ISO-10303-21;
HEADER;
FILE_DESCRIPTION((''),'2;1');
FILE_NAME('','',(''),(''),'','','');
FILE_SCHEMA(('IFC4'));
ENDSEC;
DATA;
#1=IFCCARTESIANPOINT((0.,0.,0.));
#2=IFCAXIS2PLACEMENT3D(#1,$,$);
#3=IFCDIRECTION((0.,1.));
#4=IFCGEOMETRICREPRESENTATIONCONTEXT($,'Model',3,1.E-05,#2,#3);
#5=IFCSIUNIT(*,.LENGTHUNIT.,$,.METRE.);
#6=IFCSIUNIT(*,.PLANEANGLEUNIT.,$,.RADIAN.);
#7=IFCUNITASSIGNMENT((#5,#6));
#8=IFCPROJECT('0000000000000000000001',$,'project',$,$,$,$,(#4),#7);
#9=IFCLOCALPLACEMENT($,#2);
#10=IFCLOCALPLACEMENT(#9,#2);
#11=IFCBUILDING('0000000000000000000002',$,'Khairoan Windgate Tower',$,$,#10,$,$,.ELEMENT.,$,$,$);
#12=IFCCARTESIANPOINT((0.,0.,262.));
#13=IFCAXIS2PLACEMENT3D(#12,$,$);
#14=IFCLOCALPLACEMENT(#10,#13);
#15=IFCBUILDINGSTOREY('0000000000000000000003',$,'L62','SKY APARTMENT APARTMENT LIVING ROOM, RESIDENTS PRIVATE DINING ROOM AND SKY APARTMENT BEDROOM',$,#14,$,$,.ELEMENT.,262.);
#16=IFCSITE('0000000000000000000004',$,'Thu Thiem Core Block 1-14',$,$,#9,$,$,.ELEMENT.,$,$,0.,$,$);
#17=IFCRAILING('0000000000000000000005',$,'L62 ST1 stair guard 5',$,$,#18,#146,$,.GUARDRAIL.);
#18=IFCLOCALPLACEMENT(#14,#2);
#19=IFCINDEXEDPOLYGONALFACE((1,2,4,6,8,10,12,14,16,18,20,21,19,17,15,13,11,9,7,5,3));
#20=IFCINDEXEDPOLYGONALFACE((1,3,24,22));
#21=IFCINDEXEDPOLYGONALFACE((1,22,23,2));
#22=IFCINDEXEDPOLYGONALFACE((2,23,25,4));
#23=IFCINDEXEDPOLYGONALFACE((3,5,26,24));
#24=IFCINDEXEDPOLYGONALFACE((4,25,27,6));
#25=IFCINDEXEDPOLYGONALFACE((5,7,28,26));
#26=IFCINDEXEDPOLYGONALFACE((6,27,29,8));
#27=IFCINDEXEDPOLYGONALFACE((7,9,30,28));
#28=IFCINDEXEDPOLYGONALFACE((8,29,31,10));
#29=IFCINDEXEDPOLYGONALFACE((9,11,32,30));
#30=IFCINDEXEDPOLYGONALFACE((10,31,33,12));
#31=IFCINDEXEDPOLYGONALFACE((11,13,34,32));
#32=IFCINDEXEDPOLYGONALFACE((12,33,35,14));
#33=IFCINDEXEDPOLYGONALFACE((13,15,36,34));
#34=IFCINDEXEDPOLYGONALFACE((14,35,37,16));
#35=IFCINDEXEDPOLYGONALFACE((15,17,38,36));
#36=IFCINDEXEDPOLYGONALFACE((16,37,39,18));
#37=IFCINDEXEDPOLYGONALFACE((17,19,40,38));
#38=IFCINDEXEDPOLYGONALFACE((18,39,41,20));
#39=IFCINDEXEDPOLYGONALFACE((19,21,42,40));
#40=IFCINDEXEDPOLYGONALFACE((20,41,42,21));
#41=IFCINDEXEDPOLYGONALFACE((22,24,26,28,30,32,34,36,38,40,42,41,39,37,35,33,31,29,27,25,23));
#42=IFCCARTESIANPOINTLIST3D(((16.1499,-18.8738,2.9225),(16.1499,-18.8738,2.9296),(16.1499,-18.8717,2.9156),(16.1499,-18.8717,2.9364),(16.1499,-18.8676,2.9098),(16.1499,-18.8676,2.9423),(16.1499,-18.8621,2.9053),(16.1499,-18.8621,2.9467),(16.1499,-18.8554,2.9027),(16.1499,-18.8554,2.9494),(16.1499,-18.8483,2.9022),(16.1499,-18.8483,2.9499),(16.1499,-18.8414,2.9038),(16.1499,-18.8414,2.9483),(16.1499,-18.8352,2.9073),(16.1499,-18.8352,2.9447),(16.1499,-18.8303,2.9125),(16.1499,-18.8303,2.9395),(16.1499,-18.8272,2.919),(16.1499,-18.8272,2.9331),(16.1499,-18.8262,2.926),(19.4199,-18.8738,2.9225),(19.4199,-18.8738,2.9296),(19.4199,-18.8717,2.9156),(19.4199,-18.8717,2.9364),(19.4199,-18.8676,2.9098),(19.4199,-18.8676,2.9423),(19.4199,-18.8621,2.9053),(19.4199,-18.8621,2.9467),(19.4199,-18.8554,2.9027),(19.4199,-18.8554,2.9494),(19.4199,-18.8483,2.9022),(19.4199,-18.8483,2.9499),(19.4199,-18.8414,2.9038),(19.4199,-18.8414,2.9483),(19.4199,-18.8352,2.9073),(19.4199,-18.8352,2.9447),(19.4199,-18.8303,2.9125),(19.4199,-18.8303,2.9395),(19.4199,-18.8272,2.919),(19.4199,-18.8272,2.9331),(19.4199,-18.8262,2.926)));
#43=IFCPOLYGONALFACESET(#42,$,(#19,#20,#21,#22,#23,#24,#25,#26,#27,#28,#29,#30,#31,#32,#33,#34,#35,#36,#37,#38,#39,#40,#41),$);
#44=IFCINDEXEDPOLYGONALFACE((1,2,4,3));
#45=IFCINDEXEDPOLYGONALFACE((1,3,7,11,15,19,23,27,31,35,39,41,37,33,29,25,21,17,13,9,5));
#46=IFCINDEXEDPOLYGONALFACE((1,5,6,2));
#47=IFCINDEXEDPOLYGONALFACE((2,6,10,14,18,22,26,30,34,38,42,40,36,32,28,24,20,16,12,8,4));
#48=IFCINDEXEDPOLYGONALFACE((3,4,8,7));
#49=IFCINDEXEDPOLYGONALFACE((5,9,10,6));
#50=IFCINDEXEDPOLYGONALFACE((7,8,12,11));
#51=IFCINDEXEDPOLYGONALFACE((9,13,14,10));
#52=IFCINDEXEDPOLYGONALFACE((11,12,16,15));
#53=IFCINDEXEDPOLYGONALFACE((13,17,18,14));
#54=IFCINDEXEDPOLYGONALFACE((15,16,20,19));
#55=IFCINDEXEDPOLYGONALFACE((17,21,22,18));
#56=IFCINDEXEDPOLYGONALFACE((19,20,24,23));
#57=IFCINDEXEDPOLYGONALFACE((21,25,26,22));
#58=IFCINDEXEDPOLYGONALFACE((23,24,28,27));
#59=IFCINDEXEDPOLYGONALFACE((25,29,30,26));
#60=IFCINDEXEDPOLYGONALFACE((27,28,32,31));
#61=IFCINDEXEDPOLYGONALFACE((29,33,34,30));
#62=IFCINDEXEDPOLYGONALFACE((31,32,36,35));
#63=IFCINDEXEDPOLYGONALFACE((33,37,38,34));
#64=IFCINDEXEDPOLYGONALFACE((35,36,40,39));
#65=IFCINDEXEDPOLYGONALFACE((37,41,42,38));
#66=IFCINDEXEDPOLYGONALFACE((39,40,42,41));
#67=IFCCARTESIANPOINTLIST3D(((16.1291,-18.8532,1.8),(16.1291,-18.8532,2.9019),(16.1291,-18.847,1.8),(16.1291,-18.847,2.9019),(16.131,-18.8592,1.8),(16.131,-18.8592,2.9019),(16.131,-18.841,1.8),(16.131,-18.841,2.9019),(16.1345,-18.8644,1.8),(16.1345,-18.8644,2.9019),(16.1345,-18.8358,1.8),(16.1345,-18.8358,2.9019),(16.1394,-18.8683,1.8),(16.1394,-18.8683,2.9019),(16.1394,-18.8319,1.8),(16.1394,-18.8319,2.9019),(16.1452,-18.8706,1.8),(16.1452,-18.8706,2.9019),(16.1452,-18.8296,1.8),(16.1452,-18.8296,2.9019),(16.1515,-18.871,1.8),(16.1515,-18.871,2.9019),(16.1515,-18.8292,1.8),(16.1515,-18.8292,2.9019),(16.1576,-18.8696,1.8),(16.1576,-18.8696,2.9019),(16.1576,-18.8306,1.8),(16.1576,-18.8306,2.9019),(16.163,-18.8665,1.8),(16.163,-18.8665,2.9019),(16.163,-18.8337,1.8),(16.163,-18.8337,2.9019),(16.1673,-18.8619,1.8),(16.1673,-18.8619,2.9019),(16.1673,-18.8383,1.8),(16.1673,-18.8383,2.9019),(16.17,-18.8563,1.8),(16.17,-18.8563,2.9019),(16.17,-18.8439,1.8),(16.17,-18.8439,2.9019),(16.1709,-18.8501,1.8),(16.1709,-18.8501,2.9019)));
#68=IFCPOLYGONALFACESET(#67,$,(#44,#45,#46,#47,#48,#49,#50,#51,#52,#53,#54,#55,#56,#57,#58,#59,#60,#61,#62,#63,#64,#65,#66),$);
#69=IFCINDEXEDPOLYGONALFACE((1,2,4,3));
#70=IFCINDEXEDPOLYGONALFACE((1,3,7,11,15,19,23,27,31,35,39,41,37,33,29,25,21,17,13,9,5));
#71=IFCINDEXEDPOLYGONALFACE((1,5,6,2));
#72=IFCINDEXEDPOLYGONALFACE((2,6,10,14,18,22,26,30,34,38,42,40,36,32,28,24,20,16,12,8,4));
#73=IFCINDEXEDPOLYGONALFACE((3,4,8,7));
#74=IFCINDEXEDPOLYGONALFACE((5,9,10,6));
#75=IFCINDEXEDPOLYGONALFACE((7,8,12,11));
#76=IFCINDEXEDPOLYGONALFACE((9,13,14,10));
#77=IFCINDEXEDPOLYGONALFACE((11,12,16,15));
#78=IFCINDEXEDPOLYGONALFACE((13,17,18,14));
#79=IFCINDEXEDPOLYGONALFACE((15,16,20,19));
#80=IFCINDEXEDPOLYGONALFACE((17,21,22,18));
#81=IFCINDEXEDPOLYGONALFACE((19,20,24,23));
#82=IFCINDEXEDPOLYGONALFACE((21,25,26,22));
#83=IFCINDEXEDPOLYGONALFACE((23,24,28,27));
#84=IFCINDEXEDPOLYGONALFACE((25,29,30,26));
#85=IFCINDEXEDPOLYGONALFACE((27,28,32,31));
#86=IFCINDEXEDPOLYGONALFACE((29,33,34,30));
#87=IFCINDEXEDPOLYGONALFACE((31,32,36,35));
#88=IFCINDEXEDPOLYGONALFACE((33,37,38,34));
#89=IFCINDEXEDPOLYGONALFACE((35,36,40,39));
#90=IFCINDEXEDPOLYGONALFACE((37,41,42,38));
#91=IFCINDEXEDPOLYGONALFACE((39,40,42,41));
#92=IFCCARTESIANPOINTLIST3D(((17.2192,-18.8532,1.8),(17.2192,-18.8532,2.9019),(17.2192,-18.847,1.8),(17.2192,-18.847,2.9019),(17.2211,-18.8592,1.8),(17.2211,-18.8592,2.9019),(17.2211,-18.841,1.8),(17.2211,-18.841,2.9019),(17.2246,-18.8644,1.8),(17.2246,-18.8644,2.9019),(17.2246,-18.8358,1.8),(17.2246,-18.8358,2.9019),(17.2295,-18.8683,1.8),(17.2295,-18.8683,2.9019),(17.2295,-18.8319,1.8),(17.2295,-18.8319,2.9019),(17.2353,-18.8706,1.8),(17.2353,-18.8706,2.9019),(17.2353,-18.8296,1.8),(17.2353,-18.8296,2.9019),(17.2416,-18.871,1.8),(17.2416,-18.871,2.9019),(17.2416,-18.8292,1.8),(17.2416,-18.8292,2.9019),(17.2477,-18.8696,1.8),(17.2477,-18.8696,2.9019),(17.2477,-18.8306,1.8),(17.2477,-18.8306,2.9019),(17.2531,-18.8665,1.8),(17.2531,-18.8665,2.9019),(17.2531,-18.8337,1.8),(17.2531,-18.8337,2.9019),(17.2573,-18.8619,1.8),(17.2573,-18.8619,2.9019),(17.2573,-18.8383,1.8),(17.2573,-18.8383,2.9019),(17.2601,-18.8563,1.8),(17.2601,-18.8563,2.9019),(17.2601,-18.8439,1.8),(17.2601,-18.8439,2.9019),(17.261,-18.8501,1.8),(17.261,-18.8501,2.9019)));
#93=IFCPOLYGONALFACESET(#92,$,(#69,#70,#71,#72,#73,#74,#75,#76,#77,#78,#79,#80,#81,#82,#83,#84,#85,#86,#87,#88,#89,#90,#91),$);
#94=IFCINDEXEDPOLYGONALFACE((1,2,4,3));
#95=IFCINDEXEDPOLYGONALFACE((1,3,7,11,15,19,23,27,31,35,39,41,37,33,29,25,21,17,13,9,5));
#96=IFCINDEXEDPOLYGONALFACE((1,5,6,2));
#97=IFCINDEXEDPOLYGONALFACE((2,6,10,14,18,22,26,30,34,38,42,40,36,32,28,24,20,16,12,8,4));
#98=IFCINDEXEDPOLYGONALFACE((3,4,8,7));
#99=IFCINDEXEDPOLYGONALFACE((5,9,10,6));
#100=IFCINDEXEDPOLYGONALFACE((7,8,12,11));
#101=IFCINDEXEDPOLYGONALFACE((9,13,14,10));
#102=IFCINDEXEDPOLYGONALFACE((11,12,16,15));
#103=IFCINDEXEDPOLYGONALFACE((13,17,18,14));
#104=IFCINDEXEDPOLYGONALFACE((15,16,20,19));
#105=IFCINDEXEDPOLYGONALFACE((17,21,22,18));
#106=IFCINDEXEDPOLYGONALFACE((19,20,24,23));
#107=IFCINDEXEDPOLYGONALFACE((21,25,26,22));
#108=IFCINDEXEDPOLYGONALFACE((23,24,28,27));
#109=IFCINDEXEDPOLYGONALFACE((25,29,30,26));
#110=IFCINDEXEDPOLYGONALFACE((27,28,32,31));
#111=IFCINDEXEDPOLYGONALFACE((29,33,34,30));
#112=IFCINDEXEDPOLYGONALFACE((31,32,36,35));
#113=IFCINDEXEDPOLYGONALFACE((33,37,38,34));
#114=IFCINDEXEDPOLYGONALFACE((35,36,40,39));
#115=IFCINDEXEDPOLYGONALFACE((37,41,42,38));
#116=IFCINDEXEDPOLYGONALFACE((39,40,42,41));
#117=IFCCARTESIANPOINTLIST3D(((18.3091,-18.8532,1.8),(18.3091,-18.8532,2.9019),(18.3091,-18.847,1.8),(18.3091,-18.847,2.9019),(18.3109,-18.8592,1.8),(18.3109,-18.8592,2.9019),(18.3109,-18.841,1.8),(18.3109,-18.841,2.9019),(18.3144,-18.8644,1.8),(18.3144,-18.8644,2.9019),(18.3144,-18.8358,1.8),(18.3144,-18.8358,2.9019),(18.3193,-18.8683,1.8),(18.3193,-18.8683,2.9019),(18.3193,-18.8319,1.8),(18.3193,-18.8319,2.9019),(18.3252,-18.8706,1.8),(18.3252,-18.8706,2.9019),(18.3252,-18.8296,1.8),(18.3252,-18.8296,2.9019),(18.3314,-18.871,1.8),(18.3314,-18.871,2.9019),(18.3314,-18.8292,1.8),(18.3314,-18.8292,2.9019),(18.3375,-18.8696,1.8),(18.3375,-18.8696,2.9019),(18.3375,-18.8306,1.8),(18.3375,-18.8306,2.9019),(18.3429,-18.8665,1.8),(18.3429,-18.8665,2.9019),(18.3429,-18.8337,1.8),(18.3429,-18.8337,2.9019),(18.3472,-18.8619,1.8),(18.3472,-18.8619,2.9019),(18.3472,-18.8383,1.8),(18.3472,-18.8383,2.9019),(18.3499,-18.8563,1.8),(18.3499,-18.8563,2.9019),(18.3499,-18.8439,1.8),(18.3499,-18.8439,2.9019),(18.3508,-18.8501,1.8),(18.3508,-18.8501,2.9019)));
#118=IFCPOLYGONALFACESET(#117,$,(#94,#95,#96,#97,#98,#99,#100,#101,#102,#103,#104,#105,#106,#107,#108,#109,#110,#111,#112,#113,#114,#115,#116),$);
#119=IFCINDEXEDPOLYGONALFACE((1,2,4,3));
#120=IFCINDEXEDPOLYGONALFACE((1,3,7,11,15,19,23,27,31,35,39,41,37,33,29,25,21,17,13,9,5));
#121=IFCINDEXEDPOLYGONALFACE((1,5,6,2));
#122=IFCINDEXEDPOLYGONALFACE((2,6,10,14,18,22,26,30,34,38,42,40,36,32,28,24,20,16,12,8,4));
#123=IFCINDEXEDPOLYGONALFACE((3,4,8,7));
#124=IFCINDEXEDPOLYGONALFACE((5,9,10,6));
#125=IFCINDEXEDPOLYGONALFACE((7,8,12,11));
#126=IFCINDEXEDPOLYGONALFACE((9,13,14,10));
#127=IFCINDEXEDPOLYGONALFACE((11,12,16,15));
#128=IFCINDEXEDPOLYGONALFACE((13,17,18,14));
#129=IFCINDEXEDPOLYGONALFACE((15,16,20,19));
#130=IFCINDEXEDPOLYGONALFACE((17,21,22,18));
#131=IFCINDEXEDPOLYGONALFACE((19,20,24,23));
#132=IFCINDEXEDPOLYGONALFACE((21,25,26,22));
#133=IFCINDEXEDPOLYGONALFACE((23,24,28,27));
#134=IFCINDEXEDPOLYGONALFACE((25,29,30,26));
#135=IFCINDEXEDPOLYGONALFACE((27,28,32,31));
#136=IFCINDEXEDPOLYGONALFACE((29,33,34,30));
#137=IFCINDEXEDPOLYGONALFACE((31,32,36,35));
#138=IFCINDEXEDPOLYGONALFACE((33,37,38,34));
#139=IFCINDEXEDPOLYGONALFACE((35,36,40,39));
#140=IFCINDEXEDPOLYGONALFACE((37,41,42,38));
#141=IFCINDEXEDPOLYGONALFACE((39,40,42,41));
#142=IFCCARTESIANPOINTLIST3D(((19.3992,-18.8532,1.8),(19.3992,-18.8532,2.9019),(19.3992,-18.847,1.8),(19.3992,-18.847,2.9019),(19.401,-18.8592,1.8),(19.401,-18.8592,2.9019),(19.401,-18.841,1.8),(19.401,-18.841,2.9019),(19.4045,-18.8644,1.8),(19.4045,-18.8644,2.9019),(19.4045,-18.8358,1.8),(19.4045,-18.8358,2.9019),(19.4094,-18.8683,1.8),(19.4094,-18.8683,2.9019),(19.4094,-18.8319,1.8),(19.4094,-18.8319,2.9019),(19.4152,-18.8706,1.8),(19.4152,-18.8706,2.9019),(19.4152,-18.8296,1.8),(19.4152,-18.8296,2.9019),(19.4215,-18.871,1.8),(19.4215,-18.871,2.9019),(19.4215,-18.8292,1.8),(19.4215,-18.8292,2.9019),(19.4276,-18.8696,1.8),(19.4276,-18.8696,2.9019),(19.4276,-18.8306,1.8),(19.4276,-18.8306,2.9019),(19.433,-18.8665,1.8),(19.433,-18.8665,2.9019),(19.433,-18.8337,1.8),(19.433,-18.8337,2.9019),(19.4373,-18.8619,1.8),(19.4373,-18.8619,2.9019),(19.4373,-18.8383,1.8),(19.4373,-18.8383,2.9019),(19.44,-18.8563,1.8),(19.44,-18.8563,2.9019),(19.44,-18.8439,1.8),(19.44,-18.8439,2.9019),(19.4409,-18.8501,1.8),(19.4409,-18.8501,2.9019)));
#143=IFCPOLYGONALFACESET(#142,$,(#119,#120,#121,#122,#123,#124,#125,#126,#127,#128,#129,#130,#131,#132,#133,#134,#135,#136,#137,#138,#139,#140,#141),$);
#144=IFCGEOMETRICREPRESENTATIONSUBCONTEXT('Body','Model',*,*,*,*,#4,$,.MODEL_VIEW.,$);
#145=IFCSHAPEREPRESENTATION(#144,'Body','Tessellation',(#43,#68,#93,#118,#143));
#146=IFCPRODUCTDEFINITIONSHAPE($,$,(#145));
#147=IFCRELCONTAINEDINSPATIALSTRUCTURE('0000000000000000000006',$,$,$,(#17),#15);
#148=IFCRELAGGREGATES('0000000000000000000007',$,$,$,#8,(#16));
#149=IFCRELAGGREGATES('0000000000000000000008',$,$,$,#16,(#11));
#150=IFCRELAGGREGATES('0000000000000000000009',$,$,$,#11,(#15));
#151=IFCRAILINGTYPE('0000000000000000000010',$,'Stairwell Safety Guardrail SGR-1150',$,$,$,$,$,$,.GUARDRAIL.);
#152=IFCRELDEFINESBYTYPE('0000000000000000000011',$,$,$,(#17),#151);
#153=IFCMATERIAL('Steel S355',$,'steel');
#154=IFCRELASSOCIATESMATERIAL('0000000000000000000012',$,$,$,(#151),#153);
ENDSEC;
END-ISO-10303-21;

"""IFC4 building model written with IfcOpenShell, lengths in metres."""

from ifc_helpers import new_model, si_unit, direction, frame, origin, origin_2d, place, context, subcontext, project, spatial, circle, extrude, material, type_object, element, save


model = new_model("IFC4")

# Units and contexts
model_context = context("Model", 3, precision=1e-05, world=origin(), true_north=direction((0.0, 1.0)))
body_context = subcontext(model_context, "Body", "Model", "MODEL_VIEW")
ifc_project = project(units=[si_unit("LENGTHUNIT", "METRE"), si_unit("PLANEANGLEUNIT", "RADIAN")], contexts=[model_context])

# Site, building, storey
site_placement = place(None, origin())
site = spatial("IfcSite", under=ifc_project, at=site_placement, Name="Thu Thiem Core Block 1-14", CompositionType="ELEMENT", RefElevation=0.0)
building_placement = place(site_placement, origin())
building = spatial("IfcBuilding", under=site, at=building_placement, Name="Khairoan Windgate Tower", CompositionType="ELEMENT")
storey_placement = place(building_placement, frame((0.0, 0.0, 262.0)))
storey = spatial("IfcBuildingStorey", under=building, at=storey_placement, Name="L62", Description="SKY APARTMENT APARTMENT LIVING ROOM, RESIDENTS PRIVATE DINING ROOM AND SKY APARTMENT BEDROOM", CompositionType="ELEMENT", Elevation=262.0)

# Railing
ifc_material_1 = material(Name="Steel S355", Category="steel")
railing_type = type_object("IfcRailingType", Name="Stairwell Safety Guardrail SGR-1150", PredefinedType="GUARDRAIL", material=ifc_material_1)
railing_1_placement = place(storey_placement, frame((16.1499, -18.8501, 1.8)))
element("IfcRailing", 1, at=railing_1_placement, inside=storey, type_object=railing_type, Name="L62 ST1 stair guard 5", PredefinedType="GUARDRAIL", context=body_context, shape_type="SweptSolid", body=[
    extrude(circle(Radius=0.0239, at=origin_2d()), frame((0.0, 0.0, 1.126), z_axis=(1.0, 0.0, 0.0), x_axis=(0.0, 1.0, 0.0)), (0.0, 0.0, 1.0), 3.27),
    extrude(circle(Radius=0.021, at=origin_2d()), origin(), (0.0, 0.0, 1.0), 1.1018),
    extrude(circle(Radius=0.021, at=origin_2d()), frame((1.0901, 0.0, 0.0)), (0.0, 0.0, 1.0), 1.1018),
    extrude(circle(Radius=0.021, at=origin_2d()), frame((2.1799, 0.0, 0.0)), (0.0, 0.0, 1.0), 1.1018),
    extrude(circle(Radius=0.021, at=origin_2d()), frame((3.27, 0.0, 0.0)), (0.0, 0.0, 1.0), 1.1018),
])

save(model, "model.ifc")
